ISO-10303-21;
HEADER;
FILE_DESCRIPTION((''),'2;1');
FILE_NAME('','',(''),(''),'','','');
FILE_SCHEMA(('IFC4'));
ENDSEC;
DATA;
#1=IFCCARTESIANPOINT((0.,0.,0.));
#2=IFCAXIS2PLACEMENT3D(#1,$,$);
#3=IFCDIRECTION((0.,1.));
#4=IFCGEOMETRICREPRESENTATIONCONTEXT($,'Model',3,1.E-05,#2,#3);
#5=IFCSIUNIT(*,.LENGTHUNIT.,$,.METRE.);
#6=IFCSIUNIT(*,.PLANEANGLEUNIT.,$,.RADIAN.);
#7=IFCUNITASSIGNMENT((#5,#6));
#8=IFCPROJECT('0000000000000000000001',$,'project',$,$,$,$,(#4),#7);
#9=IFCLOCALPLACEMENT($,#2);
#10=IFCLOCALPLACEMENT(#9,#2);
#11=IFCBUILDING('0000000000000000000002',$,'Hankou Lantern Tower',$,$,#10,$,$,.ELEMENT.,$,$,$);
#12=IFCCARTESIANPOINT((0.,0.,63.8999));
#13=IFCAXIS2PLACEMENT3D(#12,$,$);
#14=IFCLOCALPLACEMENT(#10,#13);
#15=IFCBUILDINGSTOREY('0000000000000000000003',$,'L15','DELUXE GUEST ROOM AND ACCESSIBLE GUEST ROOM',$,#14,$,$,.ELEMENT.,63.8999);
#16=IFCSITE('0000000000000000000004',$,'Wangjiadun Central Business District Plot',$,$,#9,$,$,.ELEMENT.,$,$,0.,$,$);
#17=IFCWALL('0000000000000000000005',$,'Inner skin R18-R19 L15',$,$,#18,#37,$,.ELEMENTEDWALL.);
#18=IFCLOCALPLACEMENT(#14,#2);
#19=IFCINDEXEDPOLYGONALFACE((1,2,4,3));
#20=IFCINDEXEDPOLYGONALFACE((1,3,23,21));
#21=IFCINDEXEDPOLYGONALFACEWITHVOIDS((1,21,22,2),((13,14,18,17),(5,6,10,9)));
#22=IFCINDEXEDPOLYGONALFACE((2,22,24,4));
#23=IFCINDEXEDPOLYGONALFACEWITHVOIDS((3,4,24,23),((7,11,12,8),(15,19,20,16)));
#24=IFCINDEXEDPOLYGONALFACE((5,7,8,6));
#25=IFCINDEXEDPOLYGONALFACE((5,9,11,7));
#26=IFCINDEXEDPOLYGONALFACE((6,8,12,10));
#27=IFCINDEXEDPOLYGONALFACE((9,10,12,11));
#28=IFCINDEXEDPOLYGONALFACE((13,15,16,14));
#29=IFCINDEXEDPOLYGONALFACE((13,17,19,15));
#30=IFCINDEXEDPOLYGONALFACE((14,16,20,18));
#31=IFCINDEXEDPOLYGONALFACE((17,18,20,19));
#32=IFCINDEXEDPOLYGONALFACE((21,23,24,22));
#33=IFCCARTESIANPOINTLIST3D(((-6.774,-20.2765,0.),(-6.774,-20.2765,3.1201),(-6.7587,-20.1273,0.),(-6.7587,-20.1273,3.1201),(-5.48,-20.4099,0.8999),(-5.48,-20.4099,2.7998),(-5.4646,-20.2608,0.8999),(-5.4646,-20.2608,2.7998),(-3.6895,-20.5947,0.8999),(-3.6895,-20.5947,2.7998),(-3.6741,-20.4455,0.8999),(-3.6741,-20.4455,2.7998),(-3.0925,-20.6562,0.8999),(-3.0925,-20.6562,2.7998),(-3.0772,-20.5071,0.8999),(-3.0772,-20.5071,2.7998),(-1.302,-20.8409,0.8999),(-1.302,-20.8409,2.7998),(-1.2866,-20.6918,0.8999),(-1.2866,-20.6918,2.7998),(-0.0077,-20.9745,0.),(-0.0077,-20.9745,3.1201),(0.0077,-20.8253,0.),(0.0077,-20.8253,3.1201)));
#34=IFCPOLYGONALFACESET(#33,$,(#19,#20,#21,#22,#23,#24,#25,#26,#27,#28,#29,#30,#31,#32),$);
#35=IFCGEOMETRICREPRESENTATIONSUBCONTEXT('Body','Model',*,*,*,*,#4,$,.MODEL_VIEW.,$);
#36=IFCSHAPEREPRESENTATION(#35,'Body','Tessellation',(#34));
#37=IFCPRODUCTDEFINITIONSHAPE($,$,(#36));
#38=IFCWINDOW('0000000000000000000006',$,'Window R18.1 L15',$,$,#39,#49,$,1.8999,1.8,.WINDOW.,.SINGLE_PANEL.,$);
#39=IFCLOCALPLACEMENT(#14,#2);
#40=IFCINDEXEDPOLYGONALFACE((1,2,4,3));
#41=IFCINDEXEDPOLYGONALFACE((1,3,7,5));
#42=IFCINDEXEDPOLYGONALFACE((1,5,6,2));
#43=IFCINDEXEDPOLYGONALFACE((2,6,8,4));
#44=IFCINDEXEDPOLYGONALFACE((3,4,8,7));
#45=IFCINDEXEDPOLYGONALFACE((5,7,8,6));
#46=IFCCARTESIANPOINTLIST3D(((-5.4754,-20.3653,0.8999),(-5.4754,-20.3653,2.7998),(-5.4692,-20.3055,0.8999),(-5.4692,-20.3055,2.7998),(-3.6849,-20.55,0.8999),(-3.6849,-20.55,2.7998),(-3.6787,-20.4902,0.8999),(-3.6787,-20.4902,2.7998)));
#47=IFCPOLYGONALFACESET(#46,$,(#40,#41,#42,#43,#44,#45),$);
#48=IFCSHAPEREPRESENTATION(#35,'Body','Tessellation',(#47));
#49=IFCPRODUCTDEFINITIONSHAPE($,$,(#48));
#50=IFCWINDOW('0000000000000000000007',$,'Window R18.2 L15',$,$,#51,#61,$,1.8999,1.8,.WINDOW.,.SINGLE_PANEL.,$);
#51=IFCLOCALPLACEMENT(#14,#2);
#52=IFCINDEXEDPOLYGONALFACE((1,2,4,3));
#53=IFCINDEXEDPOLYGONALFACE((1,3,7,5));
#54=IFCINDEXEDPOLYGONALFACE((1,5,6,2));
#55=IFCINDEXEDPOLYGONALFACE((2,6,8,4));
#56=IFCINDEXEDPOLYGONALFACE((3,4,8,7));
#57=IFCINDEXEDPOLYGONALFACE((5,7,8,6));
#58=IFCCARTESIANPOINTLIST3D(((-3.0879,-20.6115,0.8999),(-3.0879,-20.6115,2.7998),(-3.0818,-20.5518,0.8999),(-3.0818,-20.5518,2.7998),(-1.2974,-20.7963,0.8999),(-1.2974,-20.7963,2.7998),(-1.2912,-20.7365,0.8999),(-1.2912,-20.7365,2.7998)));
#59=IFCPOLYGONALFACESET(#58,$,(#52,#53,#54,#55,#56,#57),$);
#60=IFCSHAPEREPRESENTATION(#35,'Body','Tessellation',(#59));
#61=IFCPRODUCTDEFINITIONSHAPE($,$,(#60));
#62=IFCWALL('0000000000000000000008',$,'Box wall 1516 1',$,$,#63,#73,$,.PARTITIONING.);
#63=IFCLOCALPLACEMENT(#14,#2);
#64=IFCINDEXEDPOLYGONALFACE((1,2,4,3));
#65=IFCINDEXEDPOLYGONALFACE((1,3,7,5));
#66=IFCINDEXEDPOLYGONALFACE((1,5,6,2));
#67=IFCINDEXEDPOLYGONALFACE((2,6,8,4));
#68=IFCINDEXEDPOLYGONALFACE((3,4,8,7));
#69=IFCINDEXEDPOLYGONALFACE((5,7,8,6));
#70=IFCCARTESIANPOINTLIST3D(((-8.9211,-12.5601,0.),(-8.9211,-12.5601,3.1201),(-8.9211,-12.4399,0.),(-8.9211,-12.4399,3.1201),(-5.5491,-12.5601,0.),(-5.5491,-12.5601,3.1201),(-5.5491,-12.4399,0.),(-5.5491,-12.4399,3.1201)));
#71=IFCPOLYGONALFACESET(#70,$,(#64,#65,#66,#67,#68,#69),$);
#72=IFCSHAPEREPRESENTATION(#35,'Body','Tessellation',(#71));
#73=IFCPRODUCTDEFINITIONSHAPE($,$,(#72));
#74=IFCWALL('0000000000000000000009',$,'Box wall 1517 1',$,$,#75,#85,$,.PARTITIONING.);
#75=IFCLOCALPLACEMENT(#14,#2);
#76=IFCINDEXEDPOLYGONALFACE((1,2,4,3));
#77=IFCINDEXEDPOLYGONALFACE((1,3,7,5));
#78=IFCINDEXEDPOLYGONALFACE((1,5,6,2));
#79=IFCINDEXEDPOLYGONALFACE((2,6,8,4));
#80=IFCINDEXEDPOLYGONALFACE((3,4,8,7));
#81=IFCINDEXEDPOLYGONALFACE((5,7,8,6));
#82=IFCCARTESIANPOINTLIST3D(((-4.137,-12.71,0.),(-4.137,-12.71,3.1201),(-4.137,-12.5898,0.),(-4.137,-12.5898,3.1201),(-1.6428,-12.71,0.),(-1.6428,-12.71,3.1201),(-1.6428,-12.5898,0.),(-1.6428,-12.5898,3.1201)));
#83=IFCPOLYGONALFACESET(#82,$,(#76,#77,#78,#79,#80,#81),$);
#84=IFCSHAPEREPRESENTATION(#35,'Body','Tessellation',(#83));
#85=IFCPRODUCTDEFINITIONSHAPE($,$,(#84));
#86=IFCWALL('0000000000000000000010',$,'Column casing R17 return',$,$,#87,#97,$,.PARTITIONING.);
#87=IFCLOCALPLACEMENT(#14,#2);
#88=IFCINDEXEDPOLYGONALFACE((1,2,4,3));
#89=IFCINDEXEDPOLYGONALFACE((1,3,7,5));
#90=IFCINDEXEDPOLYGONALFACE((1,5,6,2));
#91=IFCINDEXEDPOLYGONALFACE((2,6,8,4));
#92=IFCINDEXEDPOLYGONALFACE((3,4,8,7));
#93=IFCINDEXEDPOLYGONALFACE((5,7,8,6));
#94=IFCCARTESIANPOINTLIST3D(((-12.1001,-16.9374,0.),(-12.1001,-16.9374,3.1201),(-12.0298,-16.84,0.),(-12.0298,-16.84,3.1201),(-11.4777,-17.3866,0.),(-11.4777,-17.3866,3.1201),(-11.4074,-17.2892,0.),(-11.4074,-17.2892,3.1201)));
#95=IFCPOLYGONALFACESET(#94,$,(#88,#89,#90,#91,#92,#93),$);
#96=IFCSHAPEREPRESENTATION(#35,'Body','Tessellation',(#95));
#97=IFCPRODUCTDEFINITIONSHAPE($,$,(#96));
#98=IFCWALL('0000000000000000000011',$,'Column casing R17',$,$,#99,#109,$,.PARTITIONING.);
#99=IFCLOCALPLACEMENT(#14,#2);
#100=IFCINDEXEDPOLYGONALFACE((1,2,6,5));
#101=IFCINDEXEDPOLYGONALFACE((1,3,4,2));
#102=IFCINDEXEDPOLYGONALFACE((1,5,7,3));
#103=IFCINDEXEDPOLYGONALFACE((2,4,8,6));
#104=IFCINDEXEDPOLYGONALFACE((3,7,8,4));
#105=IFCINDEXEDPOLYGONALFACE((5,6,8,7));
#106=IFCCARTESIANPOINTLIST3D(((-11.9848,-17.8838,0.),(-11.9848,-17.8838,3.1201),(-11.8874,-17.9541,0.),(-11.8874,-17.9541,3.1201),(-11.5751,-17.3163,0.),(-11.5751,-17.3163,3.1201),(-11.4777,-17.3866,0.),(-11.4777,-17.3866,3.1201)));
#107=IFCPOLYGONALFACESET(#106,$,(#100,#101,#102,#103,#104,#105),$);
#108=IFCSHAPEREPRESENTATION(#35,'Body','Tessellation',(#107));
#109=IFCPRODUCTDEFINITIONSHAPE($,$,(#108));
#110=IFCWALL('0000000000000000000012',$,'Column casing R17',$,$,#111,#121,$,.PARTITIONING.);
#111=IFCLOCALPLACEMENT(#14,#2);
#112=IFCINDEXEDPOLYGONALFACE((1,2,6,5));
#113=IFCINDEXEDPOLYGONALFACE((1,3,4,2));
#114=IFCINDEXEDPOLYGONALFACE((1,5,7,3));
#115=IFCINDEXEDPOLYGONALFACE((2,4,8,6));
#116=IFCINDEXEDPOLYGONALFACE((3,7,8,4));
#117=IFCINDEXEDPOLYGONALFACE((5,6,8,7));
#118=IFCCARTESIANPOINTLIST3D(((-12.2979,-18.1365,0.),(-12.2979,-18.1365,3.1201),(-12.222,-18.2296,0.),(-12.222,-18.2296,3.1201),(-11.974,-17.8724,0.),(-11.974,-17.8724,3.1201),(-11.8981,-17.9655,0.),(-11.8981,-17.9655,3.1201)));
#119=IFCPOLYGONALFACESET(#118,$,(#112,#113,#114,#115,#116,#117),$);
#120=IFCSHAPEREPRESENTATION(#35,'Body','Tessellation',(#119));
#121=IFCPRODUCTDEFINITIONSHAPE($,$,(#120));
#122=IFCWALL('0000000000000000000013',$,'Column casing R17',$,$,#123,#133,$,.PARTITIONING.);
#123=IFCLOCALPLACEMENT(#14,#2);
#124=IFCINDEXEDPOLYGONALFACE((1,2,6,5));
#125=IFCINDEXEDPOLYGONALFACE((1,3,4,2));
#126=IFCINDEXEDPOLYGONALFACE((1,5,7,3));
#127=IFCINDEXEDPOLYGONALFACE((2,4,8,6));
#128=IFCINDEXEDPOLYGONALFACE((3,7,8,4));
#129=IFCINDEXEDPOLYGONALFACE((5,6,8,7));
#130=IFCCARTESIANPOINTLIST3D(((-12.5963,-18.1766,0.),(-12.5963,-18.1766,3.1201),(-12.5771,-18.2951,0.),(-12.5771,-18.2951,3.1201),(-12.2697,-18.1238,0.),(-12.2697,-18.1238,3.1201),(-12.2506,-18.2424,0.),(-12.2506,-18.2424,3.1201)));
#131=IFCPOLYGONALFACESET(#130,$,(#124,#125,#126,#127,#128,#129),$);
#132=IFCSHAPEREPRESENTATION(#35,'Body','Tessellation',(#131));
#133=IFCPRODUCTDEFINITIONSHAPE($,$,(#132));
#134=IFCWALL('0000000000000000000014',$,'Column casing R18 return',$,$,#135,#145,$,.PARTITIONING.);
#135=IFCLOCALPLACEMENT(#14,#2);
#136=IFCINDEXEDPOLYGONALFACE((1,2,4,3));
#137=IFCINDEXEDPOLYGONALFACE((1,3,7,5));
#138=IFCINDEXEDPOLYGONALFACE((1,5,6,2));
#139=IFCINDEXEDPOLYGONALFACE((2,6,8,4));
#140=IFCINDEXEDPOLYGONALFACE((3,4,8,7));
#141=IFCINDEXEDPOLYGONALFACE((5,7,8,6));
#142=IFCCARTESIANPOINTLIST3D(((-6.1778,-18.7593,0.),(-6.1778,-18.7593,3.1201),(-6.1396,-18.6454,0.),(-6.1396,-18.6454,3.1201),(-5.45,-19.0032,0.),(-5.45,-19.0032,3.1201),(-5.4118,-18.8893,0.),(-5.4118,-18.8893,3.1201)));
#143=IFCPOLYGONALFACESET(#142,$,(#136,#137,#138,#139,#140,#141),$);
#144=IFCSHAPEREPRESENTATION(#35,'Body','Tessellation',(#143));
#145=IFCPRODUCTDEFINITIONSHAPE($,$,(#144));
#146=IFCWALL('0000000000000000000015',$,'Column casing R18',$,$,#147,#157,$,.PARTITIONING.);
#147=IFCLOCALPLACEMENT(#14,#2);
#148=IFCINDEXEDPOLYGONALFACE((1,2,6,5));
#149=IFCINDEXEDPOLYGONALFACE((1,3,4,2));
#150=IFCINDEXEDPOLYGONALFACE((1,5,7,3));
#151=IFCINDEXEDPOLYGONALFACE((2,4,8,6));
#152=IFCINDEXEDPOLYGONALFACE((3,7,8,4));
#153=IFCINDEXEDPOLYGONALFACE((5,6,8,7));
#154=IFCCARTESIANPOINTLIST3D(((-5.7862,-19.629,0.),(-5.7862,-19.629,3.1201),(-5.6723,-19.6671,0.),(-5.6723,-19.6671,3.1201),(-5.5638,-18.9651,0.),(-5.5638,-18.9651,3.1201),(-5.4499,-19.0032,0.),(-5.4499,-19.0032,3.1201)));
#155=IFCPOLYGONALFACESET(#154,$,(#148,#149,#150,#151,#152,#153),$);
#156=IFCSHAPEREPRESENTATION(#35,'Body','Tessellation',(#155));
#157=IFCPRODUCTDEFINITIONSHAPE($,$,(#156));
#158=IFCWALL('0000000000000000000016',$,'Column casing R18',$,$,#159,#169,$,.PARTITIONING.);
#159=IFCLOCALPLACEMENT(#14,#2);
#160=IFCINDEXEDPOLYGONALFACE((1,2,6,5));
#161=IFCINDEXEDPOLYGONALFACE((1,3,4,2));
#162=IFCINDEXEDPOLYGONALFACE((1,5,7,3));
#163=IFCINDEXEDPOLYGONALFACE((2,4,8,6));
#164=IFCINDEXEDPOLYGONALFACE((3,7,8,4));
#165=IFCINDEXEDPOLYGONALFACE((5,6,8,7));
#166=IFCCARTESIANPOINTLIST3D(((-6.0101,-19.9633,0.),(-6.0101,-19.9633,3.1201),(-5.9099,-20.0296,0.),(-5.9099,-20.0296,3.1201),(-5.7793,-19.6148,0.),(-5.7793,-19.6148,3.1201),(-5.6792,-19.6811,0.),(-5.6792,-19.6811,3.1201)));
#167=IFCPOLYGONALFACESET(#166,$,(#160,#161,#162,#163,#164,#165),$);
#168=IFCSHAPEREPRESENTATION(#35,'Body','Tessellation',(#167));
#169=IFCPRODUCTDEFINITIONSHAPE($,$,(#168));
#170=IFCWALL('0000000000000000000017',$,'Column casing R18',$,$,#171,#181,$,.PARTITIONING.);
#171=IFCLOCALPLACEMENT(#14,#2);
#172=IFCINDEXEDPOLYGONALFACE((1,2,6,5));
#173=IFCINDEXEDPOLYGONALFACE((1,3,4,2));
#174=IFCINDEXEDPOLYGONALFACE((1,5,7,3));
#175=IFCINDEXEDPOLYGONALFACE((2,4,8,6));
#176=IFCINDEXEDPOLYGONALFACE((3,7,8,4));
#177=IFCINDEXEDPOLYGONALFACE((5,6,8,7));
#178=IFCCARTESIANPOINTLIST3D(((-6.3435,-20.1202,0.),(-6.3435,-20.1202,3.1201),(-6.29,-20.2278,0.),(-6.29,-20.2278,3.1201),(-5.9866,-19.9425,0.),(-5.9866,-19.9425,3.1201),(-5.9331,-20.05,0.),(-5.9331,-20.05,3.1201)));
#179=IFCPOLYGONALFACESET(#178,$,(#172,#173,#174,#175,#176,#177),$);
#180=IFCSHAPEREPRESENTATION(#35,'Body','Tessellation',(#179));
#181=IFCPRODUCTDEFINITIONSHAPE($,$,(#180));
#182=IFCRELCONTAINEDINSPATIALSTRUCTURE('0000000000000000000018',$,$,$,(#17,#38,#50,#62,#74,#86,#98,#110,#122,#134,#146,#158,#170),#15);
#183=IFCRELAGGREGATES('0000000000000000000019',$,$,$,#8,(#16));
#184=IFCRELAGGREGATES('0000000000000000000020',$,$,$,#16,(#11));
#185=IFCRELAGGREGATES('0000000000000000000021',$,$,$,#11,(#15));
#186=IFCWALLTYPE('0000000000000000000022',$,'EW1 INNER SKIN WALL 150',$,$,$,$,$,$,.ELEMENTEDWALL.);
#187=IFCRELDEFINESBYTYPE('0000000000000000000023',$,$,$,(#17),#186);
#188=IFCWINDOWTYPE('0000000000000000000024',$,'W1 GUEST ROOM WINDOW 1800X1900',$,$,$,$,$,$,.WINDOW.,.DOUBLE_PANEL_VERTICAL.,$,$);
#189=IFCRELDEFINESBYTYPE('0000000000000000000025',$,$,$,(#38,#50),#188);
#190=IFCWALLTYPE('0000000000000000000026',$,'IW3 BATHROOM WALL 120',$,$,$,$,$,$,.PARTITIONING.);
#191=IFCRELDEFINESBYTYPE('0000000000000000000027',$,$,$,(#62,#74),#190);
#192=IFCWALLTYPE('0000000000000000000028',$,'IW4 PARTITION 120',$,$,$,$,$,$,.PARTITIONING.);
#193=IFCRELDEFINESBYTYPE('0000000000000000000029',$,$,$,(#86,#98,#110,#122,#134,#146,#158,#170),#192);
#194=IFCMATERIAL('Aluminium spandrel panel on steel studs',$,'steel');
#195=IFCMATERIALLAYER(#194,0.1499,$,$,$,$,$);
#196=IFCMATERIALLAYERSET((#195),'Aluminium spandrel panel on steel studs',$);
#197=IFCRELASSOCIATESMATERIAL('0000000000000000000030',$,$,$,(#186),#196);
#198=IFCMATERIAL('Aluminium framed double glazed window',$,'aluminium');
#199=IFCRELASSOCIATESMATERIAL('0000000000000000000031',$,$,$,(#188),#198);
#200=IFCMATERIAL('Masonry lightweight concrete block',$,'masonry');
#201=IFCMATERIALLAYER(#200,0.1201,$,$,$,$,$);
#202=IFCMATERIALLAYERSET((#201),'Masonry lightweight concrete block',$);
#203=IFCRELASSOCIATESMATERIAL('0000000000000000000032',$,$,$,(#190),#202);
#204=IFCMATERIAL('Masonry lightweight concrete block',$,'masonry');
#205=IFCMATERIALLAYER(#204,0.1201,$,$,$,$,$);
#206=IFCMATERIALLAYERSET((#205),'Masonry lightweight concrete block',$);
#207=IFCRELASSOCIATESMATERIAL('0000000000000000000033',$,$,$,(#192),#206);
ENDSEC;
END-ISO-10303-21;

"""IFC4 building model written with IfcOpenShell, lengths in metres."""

from ifc_helpers import new_model, si_unit, direction, frame, frame_2d, origin, place, context, subcontext, project, spatial, rectangle, extrude, material, layer, layer_set, type_object, element, fill, save


model = new_model("IFC4")

# Units and contexts
model_context = context("Model", 3, precision=1e-05, world=origin(), true_north=direction((0.0, 1.0)))
body_context = subcontext(model_context, "Body", "Model", "MODEL_VIEW")
ifc_project = project(units=[si_unit("LENGTHUNIT", "METRE"), si_unit("PLANEANGLEUNIT", "RADIAN")], contexts=[model_context])

# Site, building, storey
site_placement = place(None, origin())
site = spatial("IfcSite", under=ifc_project, at=site_placement, Name="Wangjiadun Central Business District Plot", CompositionType="ELEMENT", RefElevation=0.0)
building_placement = place(site_placement, origin())
building = spatial("IfcBuilding", under=site, at=building_placement, Name="Hankou Lantern Tower", CompositionType="ELEMENT")
storey_placement = place(building_placement, frame((0.0, 0.0, 63.8999)))
storey = spatial("IfcBuildingStorey", under=building, at=storey_placement, Name="L15", Description="DELUXE GUEST ROOM AND ACCESSIBLE GUEST ROOM", CompositionType="ELEMENT", Elevation=63.8999)

# Wall, openings, windows
ifc_material_1 = material(Name="Aluminium spandrel panel on steel studs", Category="steel")
ifc_layer_1 = layer(ifc_material_1, 0.1499)
ifc_layer_set_1 = layer_set([ifc_layer_1], Name="Aluminium spandrel panel on steel studs")
wall_type_1 = type_object("IfcWallType", Name="EW1 INNER SKIN WALL 150", PredefinedType="ELEMENTEDWALL", material=ifc_layer_set_1)
wall_1_placement = place(storey_placement, frame((-6.7664, -20.2019, 0.0), z_axis=(0.0, 0.0, 1.0), x_axis=(0.994721, -0.102613, 0.0)))
wall_1 = element("IfcWall", 1, at=wall_1_placement, inside=storey, type_object=wall_type_1, Name="Inner skin R18-R19 L15", PredefinedType="ELEMENTEDWALL", context=body_context, shape_type="SweptSolid", body=[
    extrude(rectangle(XDim=6.8022, YDim=0.1499, at=frame_2d((3.4011, 0.0))), origin(), (0.0, 0.0, 1.0), 3.1201),
])
opening_1_placement = place(wall_1_placement, frame((1.301, 0.0, 0.8999)))
opening_1 = element("IfcOpeningElement", 2, at=opening_1_placement, cuts=wall_1, PredefinedType="OPENING", context=body_context, shape_type="SweptSolid", body=[
    extrude(rectangle(XDim=1.8, YDim=1.8999, at=frame_2d((0.8999, 0.95))), frame((0.0, 0.085, 0.0), z_axis=(0.0, -1.0, 0.0), x_axis=(1.0, 0.0, 0.0)), (0.0, 0.0, 1.0), 0.1699),
])
opening_2_placement = place(wall_1_placement, frame((3.7012, 0.0, 0.8999)))
opening_2 = element("IfcOpeningElement", 3, at=opening_2_placement, cuts=wall_1, PredefinedType="OPENING", context=body_context, shape_type="SweptSolid", body=[
    extrude(rectangle(XDim=1.8, YDim=1.8999, at=frame_2d((0.8999, 0.95))), frame((0.0, 0.085, 0.0), z_axis=(0.0, -1.0, 0.0), x_axis=(1.0, 0.0, 0.0)), (0.0, 0.0, 1.0), 0.1699),
])
ifc_material_2 = material(Name="Aluminium framed double glazed window", Category="aluminium")
window_type = type_object("IfcWindowType", Name="W1 GUEST ROOM WINDOW 1800X1900", PartitioningType="DOUBLE_PANEL_VERTICAL", PredefinedType="WINDOW", material=ifc_material_2)
window_1_placement = place(opening_1_placement, origin())
window_1 = element("IfcWindow", 4, at=window_1_placement, inside=storey, type_object=window_type, Name="Window R18.1 L15", OverallHeight=1.8999, OverallWidth=1.8, PartitioningType="SINGLE_PANEL", PredefinedType="WINDOW", context=body_context, shape_type="SweptSolid", body=[
    extrude(rectangle(XDim=1.8, YDim=1.8999, at=frame_2d((0.8999, 0.95))), frame((0.0, 0.03, 0.0), z_axis=(0.0, -1.0, 0.0), x_axis=(1.0, 0.0, 0.0)), (0.0, 0.0, 1.0), 0.0601),
])
fill(opening_1, window_1)
window_2_placement = place(opening_2_placement, origin())
window_2 = element("IfcWindow", 5, at=window_2_placement, inside=storey, type_object=window_type, Name="Window R18.2 L15", OverallHeight=1.8999, OverallWidth=1.8, PartitioningType="SINGLE_PANEL", PredefinedType="WINDOW", context=body_context, shape_type="SweptSolid", body=[
    extrude(rectangle(XDim=1.8, YDim=1.8999, at=frame_2d((0.8999, 0.95))), frame((0.0, 0.03, 0.0), z_axis=(0.0, -1.0, 0.0), x_axis=(1.0, 0.0, 0.0)), (0.0, 0.0, 1.0), 0.0601),
])
fill(opening_2, window_2)

# Walls
ifc_material_3 = material(Name="Masonry lightweight concrete block", Category="masonry")
ifc_layer_2 = layer(ifc_material_3, 0.1201)
ifc_layer_set_2 = layer_set([ifc_layer_2], Name="Masonry lightweight concrete block")
wall_type_2 = type_object("IfcWallType", Name="IW3 BATHROOM WALL 120", PredefinedType="PARTITIONING", material=ifc_layer_set_2)
wall_2_placement = place(storey_placement, frame((-8.9211, -12.5, 0.0), z_axis=(0.0, 0.0, 1.0), x_axis=(1.0, 0.0, 0.0)))
element("IfcWall", 6, at=wall_2_placement, inside=storey, type_object=wall_type_2, Name="Box wall 1516 1", PredefinedType="PARTITIONING", context=body_context, shape_type="SweptSolid", body=[
    extrude(rectangle(XDim=3.3721, YDim=0.1201, at=frame_2d((1.686, 0.0))), origin(), (0.0, 0.0, 1.0), 3.1201),
])
wall_3_placement = place(storey_placement, frame((-4.137, -12.6499, 0.0), z_axis=(0.0, 0.0, 1.0), x_axis=(1.0, 0.0, 0.0)))
element("IfcWall", 7, at=wall_3_placement, inside=storey, type_object=wall_type_2, Name="Box wall 1517 1", PredefinedType="PARTITIONING", context=body_context, shape_type="SweptSolid", body=[
    extrude(rectangle(XDim=2.4941, YDim=0.1201, at=frame_2d((1.2471, 0.0))), origin(), (0.0, 0.0, 1.0), 3.1201),
])
ifc_material_4 = material(Name="Masonry lightweight concrete block", Category="masonry")
ifc_layer_3 = layer(ifc_material_4, 0.1201)
ifc_layer_set_3 = layer_set([ifc_layer_3], Name="Masonry lightweight concrete block")
wall_type_3 = type_object("IfcWallType", Name="IW4 PARTITION 120", PredefinedType="PARTITIONING", material=ifc_layer_set_3)
wall_4_placement = place(storey_placement, frame((-12.0649, -16.8887, 0.0), z_axis=(0.0, 0.0, 1.0), x_axis=(0.810822, -0.585293, 0.0)))
element("IfcWall", 8, at=wall_4_placement, inside=storey, type_object=wall_type_3, Name="Column casing R17 return", PredefinedType="PARTITIONING", context=body_context, shape_type="SweptSolid", body=[
    extrude(rectangle(XDim=0.7676, YDim=0.1201, at=frame_2d((0.3838, 0.0))), origin(), (0.0, 0.0, 1.0), 3.1201),
])
wall_5_placement = place(storey_placement, frame((-11.5264, -17.3513, 0.0), z_axis=(0.0, 0.0, 1.0), x_axis=(-0.585223, -0.810872, 0.0)))
element("IfcWall", 9, at=wall_5_placement, inside=storey, type_object=wall_type_3, Name="Column casing R17", PredefinedType="PARTITIONING", context=body_context, shape_type="SweptSolid", body=[
    extrude(rectangle(XDim=0.7, YDim=0.1201, at=frame_2d((0.3501, 0.0))), origin(), (0.0, 0.0, 1.0), 3.1201),
])
wall_6_placement = place(storey_placement, frame((-11.936, -17.9189, 0.0), z_axis=(0.0, 0.0, 1.0), x_axis=(-0.775023, -0.631933, 0.0)))
element("IfcWall", 10, at=wall_6_placement, inside=storey, type_object=wall_type_3, Name="Column casing R17", PredefinedType="PARTITIONING", context=body_context, shape_type="SweptSolid", body=[
    extrude(rectangle(XDim=0.418, YDim=0.1201, at=frame_2d((0.209, 0.0))), origin(), (0.0, 0.0, 1.0), 3.1201),
])
wall_7_placement = place(storey_placement, frame((-12.26, -18.1831, 0.0), z_axis=(0.0, 0.0, 1.0), x_axis=(-0.987219, -0.159372, 0.0)))
element("IfcWall", 11, at=wall_7_placement, inside=storey, type_object=wall_type_3, Name="Column casing R17", PredefinedType="PARTITIONING", context=body_context, shape_type="SweptSolid", body=[
    extrude(rectangle(XDim=0.3308, YDim=0.1201, at=frame_2d((0.1655, 0.0))), origin(), (0.0, 0.0, 1.0), 3.1201),
])
wall_8_placement = place(storey_placement, frame((-6.1587, -18.7024, 0.0), z_axis=(0.0, 0.0, 1.0), x_axis=(0.948173, -0.317754, 0.0)))
element("IfcWall", 12, at=wall_8_placement, inside=storey, type_object=wall_type_3, Name="Column casing R18 return", PredefinedType="PARTITIONING", context=body_context, shape_type="SweptSolid", body=[
    extrude(rectangle(XDim=0.7676, YDim=0.1201, at=frame_2d((0.3838, 0.0))), origin(), (0.0, 0.0, 1.0), 3.1201),
])
wall_9_placement = place(storey_placement, frame((-5.5068, -18.9841, 0.0), z_axis=(0.0, 0.0, 1.0), x_axis=(-0.317692, -0.948194, 0.0)))
element("IfcWall", 13, at=wall_9_placement, inside=storey, type_object=wall_type_3, Name="Column casing R18", PredefinedType="PARTITIONING", context=body_context, shape_type="SweptSolid", body=[
    extrude(rectangle(XDim=0.7002, YDim=0.1201, at=frame_2d((0.3501, 0.0))), origin(), (0.0, 0.0, 1.0), 3.1201),
])
wall_10_placement = place(storey_placement, frame((-5.7292, -19.6479, 0.0), z_axis=(0.0, 0.0, 1.0), x_axis=(-0.552136, -0.833754, 0.0)))
element("IfcWall", 14, at=wall_10_placement, inside=storey, type_object=wall_type_3, Name="Column casing R18", PredefinedType="PARTITIONING", context=body_context, shape_type="SweptSolid", body=[
    extrude(rectangle(XDim=0.418, YDim=0.1201, at=frame_2d((0.209, 0.0))), origin(), (0.0, 0.0, 1.0), 3.1201),
])
wall_11_placement = place(storey_placement, frame((-5.96, -19.9963, 0.0), z_axis=(0.0, 0.0, 1.0), x_axis=(-0.895161, -0.445744, 0.0)))
element("IfcWall", 15, at=wall_11_placement, inside=storey, type_object=wall_type_3, Name="Column casing R18", PredefinedType="PARTITIONING", context=body_context, shape_type="SweptSolid", body=[
    extrude(rectangle(XDim=0.3987, YDim=0.1201, at=frame_2d((0.1992, 0.0))), origin(), (0.0, 0.0, 1.0), 3.1201),
])

save(model, "model.ifc")
